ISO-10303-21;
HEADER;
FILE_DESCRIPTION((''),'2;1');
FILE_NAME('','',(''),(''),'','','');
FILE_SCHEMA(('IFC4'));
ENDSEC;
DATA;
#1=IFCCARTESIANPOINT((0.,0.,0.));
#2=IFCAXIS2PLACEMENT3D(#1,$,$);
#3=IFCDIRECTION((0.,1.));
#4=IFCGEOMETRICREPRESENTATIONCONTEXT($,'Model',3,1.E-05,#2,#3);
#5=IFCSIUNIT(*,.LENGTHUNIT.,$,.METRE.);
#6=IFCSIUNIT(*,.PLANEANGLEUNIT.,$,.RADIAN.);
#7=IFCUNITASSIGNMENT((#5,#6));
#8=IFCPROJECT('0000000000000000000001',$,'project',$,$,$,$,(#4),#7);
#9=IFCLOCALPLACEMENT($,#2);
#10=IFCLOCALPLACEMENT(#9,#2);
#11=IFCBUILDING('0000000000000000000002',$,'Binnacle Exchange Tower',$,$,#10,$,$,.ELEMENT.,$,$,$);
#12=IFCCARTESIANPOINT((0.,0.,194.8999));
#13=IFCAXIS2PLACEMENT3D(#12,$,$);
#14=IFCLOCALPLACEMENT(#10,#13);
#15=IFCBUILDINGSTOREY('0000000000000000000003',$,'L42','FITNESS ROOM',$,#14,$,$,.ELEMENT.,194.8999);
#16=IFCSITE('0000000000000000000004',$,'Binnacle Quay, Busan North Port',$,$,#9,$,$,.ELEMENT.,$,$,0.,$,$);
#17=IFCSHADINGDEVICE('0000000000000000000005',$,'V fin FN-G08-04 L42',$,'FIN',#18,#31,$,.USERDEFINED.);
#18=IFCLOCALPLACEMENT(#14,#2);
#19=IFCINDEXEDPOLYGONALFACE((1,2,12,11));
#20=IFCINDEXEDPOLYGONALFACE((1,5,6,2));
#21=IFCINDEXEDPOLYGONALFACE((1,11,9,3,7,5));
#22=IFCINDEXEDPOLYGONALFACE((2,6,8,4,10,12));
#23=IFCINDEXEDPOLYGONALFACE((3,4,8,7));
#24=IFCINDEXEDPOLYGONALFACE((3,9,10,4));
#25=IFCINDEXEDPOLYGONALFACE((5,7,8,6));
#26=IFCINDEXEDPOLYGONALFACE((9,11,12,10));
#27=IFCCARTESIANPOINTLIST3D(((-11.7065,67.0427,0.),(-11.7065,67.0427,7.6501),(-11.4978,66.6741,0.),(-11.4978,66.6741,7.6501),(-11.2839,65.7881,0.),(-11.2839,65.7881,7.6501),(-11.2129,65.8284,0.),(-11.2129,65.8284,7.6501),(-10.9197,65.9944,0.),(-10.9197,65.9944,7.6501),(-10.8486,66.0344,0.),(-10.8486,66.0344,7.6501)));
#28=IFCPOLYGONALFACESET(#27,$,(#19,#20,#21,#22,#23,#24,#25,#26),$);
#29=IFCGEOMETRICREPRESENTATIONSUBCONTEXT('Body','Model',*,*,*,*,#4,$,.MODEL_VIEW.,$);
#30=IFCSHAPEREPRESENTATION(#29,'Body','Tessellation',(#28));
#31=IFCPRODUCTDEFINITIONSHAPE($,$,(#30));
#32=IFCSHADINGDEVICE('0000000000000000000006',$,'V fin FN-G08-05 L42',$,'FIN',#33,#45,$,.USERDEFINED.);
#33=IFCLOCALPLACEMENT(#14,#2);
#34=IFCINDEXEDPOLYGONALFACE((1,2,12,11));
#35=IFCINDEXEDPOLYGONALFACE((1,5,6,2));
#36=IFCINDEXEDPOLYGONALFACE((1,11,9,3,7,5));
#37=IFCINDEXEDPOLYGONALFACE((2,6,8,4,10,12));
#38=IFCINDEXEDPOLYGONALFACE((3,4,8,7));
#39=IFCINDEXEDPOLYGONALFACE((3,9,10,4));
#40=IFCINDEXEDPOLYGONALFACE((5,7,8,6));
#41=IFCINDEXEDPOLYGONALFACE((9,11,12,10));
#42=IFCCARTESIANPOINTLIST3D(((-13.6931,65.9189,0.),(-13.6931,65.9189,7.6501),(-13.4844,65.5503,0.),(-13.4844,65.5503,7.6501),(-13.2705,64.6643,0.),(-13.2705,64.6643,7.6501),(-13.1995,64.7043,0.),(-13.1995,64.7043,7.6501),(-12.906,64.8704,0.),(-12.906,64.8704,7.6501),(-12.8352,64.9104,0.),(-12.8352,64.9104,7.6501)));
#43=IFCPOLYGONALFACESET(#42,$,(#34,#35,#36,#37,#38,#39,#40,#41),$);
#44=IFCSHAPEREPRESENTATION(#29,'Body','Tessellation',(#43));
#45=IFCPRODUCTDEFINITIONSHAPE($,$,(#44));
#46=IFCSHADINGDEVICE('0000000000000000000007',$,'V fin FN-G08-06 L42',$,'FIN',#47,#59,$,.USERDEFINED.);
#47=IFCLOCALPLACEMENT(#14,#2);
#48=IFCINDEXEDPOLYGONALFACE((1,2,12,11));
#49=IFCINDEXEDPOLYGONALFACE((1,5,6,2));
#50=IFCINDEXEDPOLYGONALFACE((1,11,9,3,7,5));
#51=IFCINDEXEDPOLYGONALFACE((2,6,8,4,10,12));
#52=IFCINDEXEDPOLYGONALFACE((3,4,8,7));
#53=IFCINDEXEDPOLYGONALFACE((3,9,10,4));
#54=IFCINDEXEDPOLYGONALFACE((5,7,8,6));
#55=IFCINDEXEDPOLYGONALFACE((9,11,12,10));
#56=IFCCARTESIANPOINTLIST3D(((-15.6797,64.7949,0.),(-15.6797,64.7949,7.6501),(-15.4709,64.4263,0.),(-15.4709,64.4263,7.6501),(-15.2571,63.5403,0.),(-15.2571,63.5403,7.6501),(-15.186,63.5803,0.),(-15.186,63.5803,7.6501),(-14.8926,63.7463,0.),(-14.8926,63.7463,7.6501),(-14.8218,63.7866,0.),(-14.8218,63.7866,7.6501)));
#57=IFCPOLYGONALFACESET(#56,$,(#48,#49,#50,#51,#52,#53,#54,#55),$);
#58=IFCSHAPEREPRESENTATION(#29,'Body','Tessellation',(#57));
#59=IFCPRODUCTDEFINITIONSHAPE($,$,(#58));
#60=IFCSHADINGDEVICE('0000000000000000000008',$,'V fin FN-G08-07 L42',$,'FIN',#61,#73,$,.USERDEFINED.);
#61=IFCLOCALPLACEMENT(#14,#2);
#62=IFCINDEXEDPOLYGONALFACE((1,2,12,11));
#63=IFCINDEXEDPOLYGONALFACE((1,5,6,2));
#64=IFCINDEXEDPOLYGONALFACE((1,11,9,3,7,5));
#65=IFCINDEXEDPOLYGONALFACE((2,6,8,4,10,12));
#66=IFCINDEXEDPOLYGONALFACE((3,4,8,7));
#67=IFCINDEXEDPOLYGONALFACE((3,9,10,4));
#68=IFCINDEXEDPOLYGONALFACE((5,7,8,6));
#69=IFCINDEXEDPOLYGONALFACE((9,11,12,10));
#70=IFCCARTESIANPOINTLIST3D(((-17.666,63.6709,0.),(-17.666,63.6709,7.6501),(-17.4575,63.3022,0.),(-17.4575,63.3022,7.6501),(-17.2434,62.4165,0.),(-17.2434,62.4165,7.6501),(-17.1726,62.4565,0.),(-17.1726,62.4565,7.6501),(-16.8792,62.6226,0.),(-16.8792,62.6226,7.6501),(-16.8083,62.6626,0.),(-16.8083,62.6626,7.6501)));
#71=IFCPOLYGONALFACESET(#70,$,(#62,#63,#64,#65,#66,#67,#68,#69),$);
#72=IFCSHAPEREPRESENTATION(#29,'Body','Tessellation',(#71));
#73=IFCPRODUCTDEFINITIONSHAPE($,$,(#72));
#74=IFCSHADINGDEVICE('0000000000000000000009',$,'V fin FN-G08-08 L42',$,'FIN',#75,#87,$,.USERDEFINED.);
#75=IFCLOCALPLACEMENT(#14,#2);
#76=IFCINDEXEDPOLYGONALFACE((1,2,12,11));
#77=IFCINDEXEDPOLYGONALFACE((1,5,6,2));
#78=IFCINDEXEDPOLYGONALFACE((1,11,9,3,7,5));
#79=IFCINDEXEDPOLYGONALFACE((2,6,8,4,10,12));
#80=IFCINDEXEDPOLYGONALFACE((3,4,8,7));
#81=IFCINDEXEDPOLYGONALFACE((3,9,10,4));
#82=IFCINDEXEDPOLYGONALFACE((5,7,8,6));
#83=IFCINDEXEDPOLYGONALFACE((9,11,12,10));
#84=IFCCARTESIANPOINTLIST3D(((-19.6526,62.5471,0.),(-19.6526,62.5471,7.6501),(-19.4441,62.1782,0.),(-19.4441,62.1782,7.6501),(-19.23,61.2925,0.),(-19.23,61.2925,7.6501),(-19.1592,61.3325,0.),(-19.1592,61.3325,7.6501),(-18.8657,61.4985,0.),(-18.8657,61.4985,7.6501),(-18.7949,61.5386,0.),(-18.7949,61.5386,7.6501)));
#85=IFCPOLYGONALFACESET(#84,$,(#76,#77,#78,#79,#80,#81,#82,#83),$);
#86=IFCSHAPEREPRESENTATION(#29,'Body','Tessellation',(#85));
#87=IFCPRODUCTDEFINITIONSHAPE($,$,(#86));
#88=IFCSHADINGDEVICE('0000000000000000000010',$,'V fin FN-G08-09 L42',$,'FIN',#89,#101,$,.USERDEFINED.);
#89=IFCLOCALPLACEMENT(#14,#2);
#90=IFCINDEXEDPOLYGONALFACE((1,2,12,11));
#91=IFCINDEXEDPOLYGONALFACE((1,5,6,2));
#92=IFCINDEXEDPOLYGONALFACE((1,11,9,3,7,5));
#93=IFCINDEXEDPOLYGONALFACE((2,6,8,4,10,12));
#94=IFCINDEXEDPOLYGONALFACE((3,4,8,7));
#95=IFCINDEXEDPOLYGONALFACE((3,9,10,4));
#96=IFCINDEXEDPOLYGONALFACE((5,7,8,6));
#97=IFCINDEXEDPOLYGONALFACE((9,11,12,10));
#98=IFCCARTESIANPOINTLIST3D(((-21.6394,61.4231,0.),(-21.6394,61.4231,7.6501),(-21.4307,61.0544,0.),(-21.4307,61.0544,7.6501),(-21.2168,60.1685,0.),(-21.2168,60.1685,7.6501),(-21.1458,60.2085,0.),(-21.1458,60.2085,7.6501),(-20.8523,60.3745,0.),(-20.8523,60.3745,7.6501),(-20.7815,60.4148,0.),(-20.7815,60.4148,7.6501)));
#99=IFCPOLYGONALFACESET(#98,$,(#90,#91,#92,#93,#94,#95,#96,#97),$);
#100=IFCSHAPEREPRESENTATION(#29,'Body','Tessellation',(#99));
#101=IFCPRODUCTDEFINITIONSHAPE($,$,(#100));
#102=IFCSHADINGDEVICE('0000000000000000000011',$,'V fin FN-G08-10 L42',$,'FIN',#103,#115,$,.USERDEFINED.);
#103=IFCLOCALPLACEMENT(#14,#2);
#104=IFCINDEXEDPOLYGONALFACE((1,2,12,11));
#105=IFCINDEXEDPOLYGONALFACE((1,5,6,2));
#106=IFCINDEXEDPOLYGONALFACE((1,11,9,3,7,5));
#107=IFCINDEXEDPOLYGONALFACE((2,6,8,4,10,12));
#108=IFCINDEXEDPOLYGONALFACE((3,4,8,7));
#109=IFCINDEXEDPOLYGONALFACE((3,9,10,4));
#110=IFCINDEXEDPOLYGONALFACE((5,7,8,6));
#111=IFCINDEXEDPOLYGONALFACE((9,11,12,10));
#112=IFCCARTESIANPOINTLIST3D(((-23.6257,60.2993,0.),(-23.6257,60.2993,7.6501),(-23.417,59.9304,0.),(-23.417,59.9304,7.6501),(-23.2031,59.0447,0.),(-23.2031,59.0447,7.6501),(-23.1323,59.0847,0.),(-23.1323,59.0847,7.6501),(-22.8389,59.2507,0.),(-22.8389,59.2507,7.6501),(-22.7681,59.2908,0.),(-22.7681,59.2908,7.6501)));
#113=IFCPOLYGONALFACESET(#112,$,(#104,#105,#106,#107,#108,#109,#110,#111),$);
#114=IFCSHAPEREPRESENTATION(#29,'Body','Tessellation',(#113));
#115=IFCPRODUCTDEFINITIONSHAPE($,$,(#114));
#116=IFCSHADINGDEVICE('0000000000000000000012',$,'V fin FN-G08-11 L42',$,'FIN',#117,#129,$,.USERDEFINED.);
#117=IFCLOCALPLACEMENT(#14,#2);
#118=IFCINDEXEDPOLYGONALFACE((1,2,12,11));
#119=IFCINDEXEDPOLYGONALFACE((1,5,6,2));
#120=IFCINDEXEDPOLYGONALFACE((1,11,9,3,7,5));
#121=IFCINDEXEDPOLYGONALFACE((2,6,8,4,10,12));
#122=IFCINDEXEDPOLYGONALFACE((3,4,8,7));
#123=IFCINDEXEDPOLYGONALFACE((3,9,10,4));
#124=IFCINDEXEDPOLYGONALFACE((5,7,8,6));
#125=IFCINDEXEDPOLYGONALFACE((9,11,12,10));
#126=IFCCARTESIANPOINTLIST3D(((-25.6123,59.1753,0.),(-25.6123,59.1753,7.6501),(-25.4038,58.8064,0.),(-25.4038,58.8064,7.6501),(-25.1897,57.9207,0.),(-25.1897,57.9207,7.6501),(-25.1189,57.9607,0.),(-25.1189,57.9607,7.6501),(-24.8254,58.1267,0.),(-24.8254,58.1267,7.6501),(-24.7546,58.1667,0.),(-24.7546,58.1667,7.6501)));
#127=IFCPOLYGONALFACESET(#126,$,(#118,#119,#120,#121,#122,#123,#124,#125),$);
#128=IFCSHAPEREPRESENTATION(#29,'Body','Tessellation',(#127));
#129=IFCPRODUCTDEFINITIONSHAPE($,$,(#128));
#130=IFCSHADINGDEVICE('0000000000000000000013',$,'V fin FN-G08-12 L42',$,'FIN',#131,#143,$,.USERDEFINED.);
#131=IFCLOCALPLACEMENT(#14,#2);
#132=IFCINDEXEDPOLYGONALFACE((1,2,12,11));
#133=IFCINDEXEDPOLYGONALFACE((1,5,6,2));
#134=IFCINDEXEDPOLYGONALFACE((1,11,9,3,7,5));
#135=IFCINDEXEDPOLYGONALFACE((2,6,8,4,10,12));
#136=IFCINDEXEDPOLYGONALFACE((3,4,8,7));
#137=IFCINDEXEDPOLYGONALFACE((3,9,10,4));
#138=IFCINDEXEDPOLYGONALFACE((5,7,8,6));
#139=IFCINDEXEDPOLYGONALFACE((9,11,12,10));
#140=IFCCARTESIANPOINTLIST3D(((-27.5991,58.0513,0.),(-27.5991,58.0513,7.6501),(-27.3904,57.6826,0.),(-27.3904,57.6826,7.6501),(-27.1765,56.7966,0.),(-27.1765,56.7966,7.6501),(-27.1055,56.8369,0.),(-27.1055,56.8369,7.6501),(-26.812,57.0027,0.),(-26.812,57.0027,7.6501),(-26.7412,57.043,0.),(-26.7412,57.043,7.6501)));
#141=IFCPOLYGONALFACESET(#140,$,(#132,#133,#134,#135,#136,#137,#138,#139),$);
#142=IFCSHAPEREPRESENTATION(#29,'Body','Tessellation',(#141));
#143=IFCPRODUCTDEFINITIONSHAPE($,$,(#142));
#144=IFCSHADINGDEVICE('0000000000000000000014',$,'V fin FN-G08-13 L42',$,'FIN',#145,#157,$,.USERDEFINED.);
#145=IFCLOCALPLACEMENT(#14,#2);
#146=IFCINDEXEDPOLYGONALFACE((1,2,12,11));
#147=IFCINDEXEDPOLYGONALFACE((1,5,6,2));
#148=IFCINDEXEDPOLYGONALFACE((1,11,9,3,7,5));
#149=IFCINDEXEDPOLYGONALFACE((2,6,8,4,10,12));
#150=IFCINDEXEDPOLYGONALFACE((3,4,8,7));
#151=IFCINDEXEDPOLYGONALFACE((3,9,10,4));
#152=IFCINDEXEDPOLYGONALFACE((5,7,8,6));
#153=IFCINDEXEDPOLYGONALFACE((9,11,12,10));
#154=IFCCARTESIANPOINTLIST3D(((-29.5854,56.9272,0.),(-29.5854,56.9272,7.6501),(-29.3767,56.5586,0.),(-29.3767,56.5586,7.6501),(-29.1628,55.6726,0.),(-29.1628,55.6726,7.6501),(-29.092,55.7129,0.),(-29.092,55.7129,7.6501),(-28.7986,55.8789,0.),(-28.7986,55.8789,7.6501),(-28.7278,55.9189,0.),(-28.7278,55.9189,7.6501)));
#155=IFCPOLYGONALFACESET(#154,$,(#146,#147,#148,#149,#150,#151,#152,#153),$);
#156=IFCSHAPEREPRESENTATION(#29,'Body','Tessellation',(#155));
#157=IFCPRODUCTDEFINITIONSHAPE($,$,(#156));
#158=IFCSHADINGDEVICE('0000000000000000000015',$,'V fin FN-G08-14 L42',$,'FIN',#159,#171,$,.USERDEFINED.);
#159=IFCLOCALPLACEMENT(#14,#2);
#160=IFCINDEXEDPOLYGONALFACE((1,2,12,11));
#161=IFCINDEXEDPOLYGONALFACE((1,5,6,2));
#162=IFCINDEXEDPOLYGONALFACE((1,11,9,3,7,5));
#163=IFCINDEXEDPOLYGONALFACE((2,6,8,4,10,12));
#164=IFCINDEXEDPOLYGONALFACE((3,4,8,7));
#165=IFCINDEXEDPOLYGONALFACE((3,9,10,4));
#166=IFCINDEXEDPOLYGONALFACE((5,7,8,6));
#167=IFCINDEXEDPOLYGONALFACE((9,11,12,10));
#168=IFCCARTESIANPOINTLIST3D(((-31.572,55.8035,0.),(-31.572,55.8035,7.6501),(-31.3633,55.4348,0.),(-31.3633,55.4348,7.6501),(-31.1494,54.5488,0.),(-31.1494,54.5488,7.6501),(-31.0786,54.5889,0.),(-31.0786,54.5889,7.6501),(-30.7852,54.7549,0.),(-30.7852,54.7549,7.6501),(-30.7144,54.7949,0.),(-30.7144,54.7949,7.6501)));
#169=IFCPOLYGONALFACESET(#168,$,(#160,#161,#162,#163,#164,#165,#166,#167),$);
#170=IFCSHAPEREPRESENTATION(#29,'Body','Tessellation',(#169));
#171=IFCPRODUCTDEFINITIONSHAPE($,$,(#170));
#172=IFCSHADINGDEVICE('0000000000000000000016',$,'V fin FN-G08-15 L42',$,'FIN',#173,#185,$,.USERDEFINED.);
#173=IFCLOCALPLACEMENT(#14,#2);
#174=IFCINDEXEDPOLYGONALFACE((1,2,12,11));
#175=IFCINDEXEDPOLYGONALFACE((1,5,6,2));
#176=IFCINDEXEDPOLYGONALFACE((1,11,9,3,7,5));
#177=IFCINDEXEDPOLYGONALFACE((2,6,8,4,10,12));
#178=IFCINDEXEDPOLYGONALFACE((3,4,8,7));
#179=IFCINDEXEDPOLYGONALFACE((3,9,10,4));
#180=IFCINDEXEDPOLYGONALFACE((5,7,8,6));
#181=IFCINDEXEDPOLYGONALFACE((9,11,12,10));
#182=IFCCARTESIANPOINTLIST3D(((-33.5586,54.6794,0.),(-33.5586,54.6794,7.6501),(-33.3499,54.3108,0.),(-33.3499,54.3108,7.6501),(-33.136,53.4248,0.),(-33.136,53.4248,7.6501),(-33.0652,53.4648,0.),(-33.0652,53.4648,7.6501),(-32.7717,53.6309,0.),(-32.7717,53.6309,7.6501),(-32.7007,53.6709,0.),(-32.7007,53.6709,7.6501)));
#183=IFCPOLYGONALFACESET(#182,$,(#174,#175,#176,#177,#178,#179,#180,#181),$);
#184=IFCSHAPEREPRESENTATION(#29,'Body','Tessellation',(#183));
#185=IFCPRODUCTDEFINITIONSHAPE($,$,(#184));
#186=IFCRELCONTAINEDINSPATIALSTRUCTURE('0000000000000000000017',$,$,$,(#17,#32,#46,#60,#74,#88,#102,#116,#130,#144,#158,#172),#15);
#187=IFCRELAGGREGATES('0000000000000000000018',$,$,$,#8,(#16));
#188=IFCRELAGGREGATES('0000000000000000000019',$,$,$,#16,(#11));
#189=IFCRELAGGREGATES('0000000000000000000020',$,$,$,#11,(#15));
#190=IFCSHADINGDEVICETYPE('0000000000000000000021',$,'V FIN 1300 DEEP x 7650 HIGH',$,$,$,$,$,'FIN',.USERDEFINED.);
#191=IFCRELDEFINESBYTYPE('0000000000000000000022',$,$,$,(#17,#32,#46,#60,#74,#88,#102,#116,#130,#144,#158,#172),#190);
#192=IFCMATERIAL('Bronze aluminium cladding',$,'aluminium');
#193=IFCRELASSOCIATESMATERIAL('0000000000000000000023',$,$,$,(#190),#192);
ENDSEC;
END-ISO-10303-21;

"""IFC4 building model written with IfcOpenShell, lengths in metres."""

from ifc_helpers import new_model, si_unit, direction, frame, origin, place, context, subcontext, project, spatial, polyline, outline, extrude, material, type_object, element, save


model = new_model("IFC4")

# Units and contexts
model_context = context("Model", 3, precision=1e-05, world=origin(), true_north=direction((0.0, 1.0)))
body_context = subcontext(model_context, "Body", "Model", "MODEL_VIEW")
ifc_project = project(units=[si_unit("LENGTHUNIT", "METRE"), si_unit("PLANEANGLEUNIT", "RADIAN")], contexts=[model_context])

# Site, building, storey
site_placement = place(None, origin())
site = spatial("IfcSite", under=ifc_project, at=site_placement, Name="Binnacle Quay, Busan North Port", CompositionType="ELEMENT", RefElevation=0.0)
building_placement = place(site_placement, origin())
building = spatial("IfcBuilding", under=site, at=building_placement, Name="Binnacle Exchange Tower", CompositionType="ELEMENT")
storey_placement = place(building_placement, frame((0.0, 0.0, 194.8999)))
storey = spatial("IfcBuildingStorey", under=building, at=storey_placement, Name="L42", Description="FITNESS ROOM", CompositionType="ELEMENT", Elevation=194.8999)

# Shading devices
ifc_material = material(Name="Bronze aluminium cladding", Category="aluminium")
shading_device_type = type_object("IfcShadingDeviceType", Name="V FIN 1300 DEEP x 7650 HIGH", ElementType="FIN", PredefinedType="USERDEFINED", material=ifc_material)
shading_device_1_placement = place(storey_placement, origin())
element("IfcShadingDevice", 1, at=shading_device_1_placement, inside=storey, type_object=shading_device_type, Name="V fin FN-G08-04 L42", ObjectType="FIN", PredefinedType="USERDEFINED", context=body_context, shape_type="SweptSolid", body=[
    extrude(outline(polyline([(-10.8486, 66.0344), (-11.7065, 67.0427), (-11.2839, 65.7881), (-11.2129, 65.8284), (-11.4978, 66.6741), (-10.9197, 65.9944), (-10.8486, 66.0344)])), origin(), (0.0, 0.0, 1.0), 7.6501),
])
shading_device_2_placement = place(storey_placement, origin())
element("IfcShadingDevice", 2, at=shading_device_2_placement, inside=storey, type_object=shading_device_type, Name="V fin FN-G08-05 L42", ObjectType="FIN", PredefinedType="USERDEFINED", context=body_context, shape_type="SweptSolid", body=[
    extrude(outline(polyline([(-12.8352, 64.9104), (-13.6931, 65.9189), (-13.2705, 64.6643), (-13.1995, 64.7043), (-13.4844, 65.5503), (-12.906, 64.8704), (-12.8352, 64.9104)])), origin(), (0.0, 0.0, 1.0), 7.6501),
])
shading_device_3_placement = place(storey_placement, origin())
element("IfcShadingDevice", 3, at=shading_device_3_placement, inside=storey, type_object=shading_device_type, Name="V fin FN-G08-06 L42", ObjectType="FIN", PredefinedType="USERDEFINED", context=body_context, shape_type="SweptSolid", body=[
    extrude(outline(polyline([(-14.8218, 63.7866), (-15.6797, 64.7949), (-15.2571, 63.5403), (-15.186, 63.5803), (-15.4709, 64.4263), (-14.8926, 63.7463), (-14.8218, 63.7866)])), origin(), (0.0, 0.0, 1.0), 7.6501),
])
shading_device_4_placement = place(storey_placement, origin())
element("IfcShadingDevice", 4, at=shading_device_4_placement, inside=storey, type_object=shading_device_type, Name="V fin FN-G08-07 L42", ObjectType="FIN", PredefinedType="USERDEFINED", context=body_context, shape_type="SweptSolid", body=[
    extrude(outline(polyline([(-16.8083, 62.6626), (-17.666, 63.6709), (-17.2434, 62.4165), (-17.1726, 62.4565), (-17.4575, 63.3022), (-16.8792, 62.6226), (-16.8083, 62.6626)])), origin(), (0.0, 0.0, 1.0), 7.6501),
])
shading_device_5_placement = place(storey_placement, origin())
element("IfcShadingDevice", 5, at=shading_device_5_placement, inside=storey, type_object=shading_device_type, Name="V fin FN-G08-08 L42", ObjectType="FIN", PredefinedType="USERDEFINED", context=body_context, shape_type="SweptSolid", body=[
    extrude(outline(polyline([(-18.7949, 61.5386), (-19.6526, 62.5471), (-19.23, 61.2925), (-19.1592, 61.3325), (-19.4441, 62.1782), (-18.8657, 61.4985), (-18.7949, 61.5386)])), origin(), (0.0, 0.0, 1.0), 7.6501),
])
shading_device_6_placement = place(storey_placement, origin())
element("IfcShadingDevice", 6, at=shading_device_6_placement, inside=storey, type_object=shading_device_type, Name="V fin FN-G08-09 L42", ObjectType="FIN", PredefinedType="USERDEFINED", context=body_context, shape_type="SweptSolid", body=[
    extrude(outline(polyline([(-20.7815, 60.4148), (-21.6394, 61.4231), (-21.2168, 60.1685), (-21.1458, 60.2085), (-21.4307, 61.0544), (-20.8523, 60.3745), (-20.7815, 60.4148)])), origin(), (0.0, 0.0, 1.0), 7.6501),
])
shading_device_7_placement = place(storey_placement, origin())
element("IfcShadingDevice", 7, at=shading_device_7_placement, inside=storey, type_object=shading_device_type, Name="V fin FN-G08-10 L42", ObjectType="FIN", PredefinedType="USERDEFINED", context=body_context, shape_type="SweptSolid", body=[
    extrude(outline(polyline([(-22.7681, 59.2908), (-23.6257, 60.2993), (-23.2031, 59.0447), (-23.1323, 59.0847), (-23.417, 59.9304), (-22.8389, 59.2507), (-22.7681, 59.2908)])), origin(), (0.0, 0.0, 1.0), 7.6501),
])
shading_device_8_placement = place(storey_placement, origin())
element("IfcShadingDevice", 8, at=shading_device_8_placement, inside=storey, type_object=shading_device_type, Name="V fin FN-G08-11 L42", ObjectType="FIN", PredefinedType="USERDEFINED", context=body_context, shape_type="SweptSolid", body=[
    extrude(outline(polyline([(-24.7546, 58.1667), (-25.6123, 59.1753), (-25.1897, 57.9207), (-25.1189, 57.9607), (-25.4038, 58.8064), (-24.8254, 58.1267), (-24.7546, 58.1667)])), origin(), (0.0, 0.0, 1.0), 7.6501),
])
shading_device_9_placement = place(storey_placement, origin())
element("IfcShadingDevice", 9, at=shading_device_9_placement, inside=storey, type_object=shading_device_type, Name="V fin FN-G08-12 L42", ObjectType="FIN", PredefinedType="USERDEFINED", context=body_context, shape_type="SweptSolid", body=[
    extrude(outline(polyline([(-26.7412, 57.043), (-27.5991, 58.0513), (-27.1765, 56.7966), (-27.1055, 56.8369), (-27.3904, 57.6826), (-26.812, 57.0027), (-26.7412, 57.043)])), origin(), (0.0, 0.0, 1.0), 7.6501),
])
shading_device_10_placement = place(storey_placement, origin())
element("IfcShadingDevice", 10, at=shading_device_10_placement, inside=storey, type_object=shading_device_type, Name="V fin FN-G08-13 L42", ObjectType="FIN", PredefinedType="USERDEFINED", context=body_context, shape_type="SweptSolid", body=[
    extrude(outline(polyline([(-28.7278, 55.9189), (-29.5854, 56.9272), (-29.1628, 55.6726), (-29.092, 55.7129), (-29.3767, 56.5586), (-28.7986, 55.8789), (-28.7278, 55.9189)])), origin(), (0.0, 0.0, 1.0), 7.6501),
])
shading_device_11_placement = place(storey_placement, origin())
element("IfcShadingDevice", 11, at=shading_device_11_placement, inside=storey, type_object=shading_device_type, Name="V fin FN-G08-14 L42", ObjectType="FIN", PredefinedType="USERDEFINED", context=body_context, shape_type="SweptSolid", body=[
    extrude(outline(polyline([(-30.7144, 54.7949), (-31.572, 55.8035), (-31.1494, 54.5488), (-31.0786, 54.5889), (-31.3633, 55.4348), (-30.7852, 54.7549), (-30.7144, 54.7949)])), origin(), (0.0, 0.0, 1.0), 7.6501),
])
shading_device_12_placement = place(storey_placement, origin())
element("IfcShadingDevice", 12, at=shading_device_12_placement, inside=storey, type_object=shading_device_type, Name="V fin FN-G08-15 L42", ObjectType="FIN", PredefinedType="USERDEFINED", context=body_context, shape_type="SweptSolid", body=[
    extrude(outline(polyline([(-32.7007, 53.6709), (-33.5586, 54.6794), (-33.136, 53.4248), (-33.0652, 53.4648), (-33.3499, 54.3108), (-32.7717, 53.6309), (-32.7007, 53.6709)])), origin(), (0.0, 0.0, 1.0), 7.6501),
])

save(model, "model.ifc")
